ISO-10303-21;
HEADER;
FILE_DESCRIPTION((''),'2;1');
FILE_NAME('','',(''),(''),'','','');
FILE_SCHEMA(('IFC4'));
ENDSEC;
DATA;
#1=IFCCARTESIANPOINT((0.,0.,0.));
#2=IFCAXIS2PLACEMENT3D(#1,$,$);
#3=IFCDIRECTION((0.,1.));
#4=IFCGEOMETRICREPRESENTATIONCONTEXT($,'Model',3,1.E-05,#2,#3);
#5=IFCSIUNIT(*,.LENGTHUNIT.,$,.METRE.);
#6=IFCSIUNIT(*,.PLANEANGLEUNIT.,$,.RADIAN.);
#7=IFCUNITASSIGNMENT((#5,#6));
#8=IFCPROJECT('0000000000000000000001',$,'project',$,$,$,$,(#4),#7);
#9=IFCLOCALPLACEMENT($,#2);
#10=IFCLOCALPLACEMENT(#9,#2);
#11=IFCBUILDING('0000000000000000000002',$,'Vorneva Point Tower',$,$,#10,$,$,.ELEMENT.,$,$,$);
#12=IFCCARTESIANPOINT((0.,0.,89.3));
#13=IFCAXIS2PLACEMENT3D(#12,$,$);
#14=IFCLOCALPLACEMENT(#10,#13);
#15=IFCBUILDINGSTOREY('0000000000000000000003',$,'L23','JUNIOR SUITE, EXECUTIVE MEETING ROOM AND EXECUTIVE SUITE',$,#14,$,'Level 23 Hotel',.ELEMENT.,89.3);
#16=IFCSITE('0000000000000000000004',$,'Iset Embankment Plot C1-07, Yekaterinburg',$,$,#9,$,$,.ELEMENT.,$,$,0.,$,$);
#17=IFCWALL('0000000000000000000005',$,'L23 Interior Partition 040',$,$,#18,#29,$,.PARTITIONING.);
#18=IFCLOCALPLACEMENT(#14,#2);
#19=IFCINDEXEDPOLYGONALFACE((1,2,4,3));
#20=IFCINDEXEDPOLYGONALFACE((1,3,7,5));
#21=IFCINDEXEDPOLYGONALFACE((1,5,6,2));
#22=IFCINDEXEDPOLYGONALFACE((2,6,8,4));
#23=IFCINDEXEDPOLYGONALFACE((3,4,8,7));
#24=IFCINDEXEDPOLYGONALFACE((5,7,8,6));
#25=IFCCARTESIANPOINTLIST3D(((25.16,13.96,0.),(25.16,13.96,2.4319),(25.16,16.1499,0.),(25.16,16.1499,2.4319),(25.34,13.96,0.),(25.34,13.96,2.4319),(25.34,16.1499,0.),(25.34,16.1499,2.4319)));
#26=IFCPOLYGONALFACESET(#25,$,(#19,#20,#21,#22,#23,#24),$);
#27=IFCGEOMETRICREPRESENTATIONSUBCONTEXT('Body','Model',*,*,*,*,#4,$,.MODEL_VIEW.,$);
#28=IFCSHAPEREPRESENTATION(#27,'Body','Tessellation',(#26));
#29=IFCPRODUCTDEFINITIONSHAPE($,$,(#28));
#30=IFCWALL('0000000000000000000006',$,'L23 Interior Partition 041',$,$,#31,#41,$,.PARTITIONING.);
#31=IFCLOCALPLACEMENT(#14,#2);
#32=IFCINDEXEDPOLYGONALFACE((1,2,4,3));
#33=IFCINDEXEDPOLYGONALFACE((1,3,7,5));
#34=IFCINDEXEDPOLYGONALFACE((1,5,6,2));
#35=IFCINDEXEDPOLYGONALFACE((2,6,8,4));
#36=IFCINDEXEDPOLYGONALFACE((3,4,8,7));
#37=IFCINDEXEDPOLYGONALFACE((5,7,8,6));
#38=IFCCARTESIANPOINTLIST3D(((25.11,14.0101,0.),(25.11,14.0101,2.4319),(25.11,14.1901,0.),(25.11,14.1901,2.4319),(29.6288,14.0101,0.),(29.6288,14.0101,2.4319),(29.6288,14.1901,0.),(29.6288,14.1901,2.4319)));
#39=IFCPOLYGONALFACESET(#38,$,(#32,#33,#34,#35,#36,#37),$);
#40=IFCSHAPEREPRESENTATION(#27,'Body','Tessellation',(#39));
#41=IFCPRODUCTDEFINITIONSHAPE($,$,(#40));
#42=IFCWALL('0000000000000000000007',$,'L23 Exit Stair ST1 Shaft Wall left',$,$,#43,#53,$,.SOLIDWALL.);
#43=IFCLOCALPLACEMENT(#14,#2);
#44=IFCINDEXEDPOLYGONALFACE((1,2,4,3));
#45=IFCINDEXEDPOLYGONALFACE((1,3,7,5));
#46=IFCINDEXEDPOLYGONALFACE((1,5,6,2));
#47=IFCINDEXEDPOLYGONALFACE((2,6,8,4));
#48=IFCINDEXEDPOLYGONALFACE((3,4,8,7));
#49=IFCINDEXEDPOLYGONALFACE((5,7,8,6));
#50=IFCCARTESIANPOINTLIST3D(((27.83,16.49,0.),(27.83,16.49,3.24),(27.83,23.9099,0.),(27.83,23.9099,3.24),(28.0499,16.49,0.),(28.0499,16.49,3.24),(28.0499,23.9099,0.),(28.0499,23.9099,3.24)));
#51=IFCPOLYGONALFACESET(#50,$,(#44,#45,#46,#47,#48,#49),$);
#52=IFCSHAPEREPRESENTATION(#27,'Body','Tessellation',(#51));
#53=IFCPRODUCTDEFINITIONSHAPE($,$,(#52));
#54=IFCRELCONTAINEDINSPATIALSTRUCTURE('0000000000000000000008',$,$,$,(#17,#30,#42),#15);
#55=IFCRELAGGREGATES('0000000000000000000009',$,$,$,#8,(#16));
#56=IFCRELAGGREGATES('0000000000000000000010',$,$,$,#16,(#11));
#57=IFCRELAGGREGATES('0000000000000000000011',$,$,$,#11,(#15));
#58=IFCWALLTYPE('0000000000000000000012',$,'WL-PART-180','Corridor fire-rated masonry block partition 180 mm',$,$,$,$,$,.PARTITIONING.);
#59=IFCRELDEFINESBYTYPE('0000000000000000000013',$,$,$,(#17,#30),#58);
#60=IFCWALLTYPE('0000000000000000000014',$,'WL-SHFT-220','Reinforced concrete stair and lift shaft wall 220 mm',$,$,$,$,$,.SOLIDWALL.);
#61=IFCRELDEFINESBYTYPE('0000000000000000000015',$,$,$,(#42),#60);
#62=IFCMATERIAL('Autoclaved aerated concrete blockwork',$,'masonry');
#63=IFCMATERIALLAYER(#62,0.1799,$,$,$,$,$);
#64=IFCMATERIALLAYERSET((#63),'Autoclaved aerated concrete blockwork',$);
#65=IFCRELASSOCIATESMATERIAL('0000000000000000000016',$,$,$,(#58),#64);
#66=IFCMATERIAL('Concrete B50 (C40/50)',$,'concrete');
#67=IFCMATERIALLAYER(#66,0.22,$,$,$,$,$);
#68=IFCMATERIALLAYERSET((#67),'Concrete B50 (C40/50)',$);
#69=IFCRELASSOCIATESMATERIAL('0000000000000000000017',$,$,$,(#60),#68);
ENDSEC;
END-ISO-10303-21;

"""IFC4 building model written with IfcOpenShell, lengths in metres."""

from ifc_helpers import new_model, si_unit, direction, frame, frame_2d, origin, place, context, subcontext, project, spatial, rectangle, extrude, material, layer, layer_set, type_object, element, save


model = new_model("IFC4")

# Units and contexts
model_context = context("Model", 3, precision=1e-05, world=origin(), true_north=direction((0.0, 1.0)))
body_context = subcontext(model_context, "Body", "Model", "MODEL_VIEW")
ifc_project = project(units=[si_unit("LENGTHUNIT", "METRE"), si_unit("PLANEANGLEUNIT", "RADIAN")], contexts=[model_context])

# Site, building, storey
site_placement = place(None, origin())
site = spatial("IfcSite", under=ifc_project, at=site_placement, Name="Iset Embankment Plot C1-07, Yekaterinburg", CompositionType="ELEMENT", RefElevation=0.0)
building_placement = place(site_placement, origin())
building = spatial("IfcBuilding", under=site, at=building_placement, Name="Vorneva Point Tower", CompositionType="ELEMENT")
storey_placement = place(building_placement, frame((0.0, 0.0, 89.3)))
storey = spatial("IfcBuildingStorey", under=building, at=storey_placement, Name="L23", Description="JUNIOR SUITE, EXECUTIVE MEETING ROOM AND EXECUTIVE SUITE", LongName="Level 23 Hotel", CompositionType="ELEMENT", Elevation=89.3)

# Shared definitions
ifc_material_1 = material(Name="Autoclaved aerated concrete blockwork", Category="masonry")
ifc_layer_1 = layer(ifc_material_1, 0.1799)
ifc_layer_set_1 = layer_set([ifc_layer_1], Name="Autoclaved aerated concrete blockwork")
wall_type_1 = type_object("IfcWallType", Name="WL-PART-180", Description="Corridor fire-rated masonry block partition 180 mm", PredefinedType="PARTITIONING", material=ifc_layer_set_1)

# Walls
wall_1_placement = place(storey_placement, frame((25.25, 16.1499, 0.0), z_axis=(0.0, 0.0, 1.0), x_axis=(0.0, -1.0, 0.0)))
element("IfcWall", 1, at=wall_1_placement, inside=storey, type_object=wall_type_1, Name="L23 Interior Partition 040", PredefinedType="PARTITIONING", context=body_context, shape_type="SweptSolid", body=[
    extrude(rectangle(XDim=2.1899, YDim=0.1799, at=frame_2d((1.095, 0.0))), origin(), (0.0, 0.0, 1.0), 2.4319),
])
wall_2_placement = place(storey_placement, frame((25.1101, 14.1001, 0.0), z_axis=(0.0, 0.0, 1.0), x_axis=(1.0, 0.0, 0.0)))
element("IfcWall", 2, at=wall_2_placement, inside=storey, type_object=wall_type_1, Name="L23 Interior Partition 041", PredefinedType="PARTITIONING", context=body_context, shape_type="SweptSolid", body=[
    extrude(rectangle(XDim=4.5188, YDim=0.1799, at=frame_2d((2.2593, 0.0))), origin(), (0.0, 0.0, 1.0), 2.4319),
])

# Shared definitions
ifc_material_2 = material(Name="Concrete B50 (C40/50)", Category="concrete")
ifc_layer_2 = layer(ifc_material_2, 0.22)
ifc_layer_set_2 = layer_set([ifc_layer_2], Name="Concrete B50 (C40/50)")
wall_type_2 = type_object("IfcWallType", Name="WL-SHFT-220", Description="Reinforced concrete stair and lift shaft wall 220 mm", PredefinedType="SOLIDWALL", material=ifc_layer_set_2)

# Wall
wall_3_placement = place(storey_placement, frame((27.9399, 16.49, 0.0), z_axis=(0.0, 0.0, 1.0), x_axis=(0.0, 1.0, 0.0)))
element("IfcWall", 3, at=wall_3_placement, inside=storey, type_object=wall_type_2, Name="L23 Exit Stair ST1 Shaft Wall left", PredefinedType="SOLIDWALL", context=body_context, shape_type="SweptSolid", body=[
    extrude(rectangle(XDim=7.4199, YDim=0.22, at=frame_2d((3.71, 0.0))), origin(), (0.0, 0.0, 1.0), 3.24),
])

save(model, "model.ifc")
